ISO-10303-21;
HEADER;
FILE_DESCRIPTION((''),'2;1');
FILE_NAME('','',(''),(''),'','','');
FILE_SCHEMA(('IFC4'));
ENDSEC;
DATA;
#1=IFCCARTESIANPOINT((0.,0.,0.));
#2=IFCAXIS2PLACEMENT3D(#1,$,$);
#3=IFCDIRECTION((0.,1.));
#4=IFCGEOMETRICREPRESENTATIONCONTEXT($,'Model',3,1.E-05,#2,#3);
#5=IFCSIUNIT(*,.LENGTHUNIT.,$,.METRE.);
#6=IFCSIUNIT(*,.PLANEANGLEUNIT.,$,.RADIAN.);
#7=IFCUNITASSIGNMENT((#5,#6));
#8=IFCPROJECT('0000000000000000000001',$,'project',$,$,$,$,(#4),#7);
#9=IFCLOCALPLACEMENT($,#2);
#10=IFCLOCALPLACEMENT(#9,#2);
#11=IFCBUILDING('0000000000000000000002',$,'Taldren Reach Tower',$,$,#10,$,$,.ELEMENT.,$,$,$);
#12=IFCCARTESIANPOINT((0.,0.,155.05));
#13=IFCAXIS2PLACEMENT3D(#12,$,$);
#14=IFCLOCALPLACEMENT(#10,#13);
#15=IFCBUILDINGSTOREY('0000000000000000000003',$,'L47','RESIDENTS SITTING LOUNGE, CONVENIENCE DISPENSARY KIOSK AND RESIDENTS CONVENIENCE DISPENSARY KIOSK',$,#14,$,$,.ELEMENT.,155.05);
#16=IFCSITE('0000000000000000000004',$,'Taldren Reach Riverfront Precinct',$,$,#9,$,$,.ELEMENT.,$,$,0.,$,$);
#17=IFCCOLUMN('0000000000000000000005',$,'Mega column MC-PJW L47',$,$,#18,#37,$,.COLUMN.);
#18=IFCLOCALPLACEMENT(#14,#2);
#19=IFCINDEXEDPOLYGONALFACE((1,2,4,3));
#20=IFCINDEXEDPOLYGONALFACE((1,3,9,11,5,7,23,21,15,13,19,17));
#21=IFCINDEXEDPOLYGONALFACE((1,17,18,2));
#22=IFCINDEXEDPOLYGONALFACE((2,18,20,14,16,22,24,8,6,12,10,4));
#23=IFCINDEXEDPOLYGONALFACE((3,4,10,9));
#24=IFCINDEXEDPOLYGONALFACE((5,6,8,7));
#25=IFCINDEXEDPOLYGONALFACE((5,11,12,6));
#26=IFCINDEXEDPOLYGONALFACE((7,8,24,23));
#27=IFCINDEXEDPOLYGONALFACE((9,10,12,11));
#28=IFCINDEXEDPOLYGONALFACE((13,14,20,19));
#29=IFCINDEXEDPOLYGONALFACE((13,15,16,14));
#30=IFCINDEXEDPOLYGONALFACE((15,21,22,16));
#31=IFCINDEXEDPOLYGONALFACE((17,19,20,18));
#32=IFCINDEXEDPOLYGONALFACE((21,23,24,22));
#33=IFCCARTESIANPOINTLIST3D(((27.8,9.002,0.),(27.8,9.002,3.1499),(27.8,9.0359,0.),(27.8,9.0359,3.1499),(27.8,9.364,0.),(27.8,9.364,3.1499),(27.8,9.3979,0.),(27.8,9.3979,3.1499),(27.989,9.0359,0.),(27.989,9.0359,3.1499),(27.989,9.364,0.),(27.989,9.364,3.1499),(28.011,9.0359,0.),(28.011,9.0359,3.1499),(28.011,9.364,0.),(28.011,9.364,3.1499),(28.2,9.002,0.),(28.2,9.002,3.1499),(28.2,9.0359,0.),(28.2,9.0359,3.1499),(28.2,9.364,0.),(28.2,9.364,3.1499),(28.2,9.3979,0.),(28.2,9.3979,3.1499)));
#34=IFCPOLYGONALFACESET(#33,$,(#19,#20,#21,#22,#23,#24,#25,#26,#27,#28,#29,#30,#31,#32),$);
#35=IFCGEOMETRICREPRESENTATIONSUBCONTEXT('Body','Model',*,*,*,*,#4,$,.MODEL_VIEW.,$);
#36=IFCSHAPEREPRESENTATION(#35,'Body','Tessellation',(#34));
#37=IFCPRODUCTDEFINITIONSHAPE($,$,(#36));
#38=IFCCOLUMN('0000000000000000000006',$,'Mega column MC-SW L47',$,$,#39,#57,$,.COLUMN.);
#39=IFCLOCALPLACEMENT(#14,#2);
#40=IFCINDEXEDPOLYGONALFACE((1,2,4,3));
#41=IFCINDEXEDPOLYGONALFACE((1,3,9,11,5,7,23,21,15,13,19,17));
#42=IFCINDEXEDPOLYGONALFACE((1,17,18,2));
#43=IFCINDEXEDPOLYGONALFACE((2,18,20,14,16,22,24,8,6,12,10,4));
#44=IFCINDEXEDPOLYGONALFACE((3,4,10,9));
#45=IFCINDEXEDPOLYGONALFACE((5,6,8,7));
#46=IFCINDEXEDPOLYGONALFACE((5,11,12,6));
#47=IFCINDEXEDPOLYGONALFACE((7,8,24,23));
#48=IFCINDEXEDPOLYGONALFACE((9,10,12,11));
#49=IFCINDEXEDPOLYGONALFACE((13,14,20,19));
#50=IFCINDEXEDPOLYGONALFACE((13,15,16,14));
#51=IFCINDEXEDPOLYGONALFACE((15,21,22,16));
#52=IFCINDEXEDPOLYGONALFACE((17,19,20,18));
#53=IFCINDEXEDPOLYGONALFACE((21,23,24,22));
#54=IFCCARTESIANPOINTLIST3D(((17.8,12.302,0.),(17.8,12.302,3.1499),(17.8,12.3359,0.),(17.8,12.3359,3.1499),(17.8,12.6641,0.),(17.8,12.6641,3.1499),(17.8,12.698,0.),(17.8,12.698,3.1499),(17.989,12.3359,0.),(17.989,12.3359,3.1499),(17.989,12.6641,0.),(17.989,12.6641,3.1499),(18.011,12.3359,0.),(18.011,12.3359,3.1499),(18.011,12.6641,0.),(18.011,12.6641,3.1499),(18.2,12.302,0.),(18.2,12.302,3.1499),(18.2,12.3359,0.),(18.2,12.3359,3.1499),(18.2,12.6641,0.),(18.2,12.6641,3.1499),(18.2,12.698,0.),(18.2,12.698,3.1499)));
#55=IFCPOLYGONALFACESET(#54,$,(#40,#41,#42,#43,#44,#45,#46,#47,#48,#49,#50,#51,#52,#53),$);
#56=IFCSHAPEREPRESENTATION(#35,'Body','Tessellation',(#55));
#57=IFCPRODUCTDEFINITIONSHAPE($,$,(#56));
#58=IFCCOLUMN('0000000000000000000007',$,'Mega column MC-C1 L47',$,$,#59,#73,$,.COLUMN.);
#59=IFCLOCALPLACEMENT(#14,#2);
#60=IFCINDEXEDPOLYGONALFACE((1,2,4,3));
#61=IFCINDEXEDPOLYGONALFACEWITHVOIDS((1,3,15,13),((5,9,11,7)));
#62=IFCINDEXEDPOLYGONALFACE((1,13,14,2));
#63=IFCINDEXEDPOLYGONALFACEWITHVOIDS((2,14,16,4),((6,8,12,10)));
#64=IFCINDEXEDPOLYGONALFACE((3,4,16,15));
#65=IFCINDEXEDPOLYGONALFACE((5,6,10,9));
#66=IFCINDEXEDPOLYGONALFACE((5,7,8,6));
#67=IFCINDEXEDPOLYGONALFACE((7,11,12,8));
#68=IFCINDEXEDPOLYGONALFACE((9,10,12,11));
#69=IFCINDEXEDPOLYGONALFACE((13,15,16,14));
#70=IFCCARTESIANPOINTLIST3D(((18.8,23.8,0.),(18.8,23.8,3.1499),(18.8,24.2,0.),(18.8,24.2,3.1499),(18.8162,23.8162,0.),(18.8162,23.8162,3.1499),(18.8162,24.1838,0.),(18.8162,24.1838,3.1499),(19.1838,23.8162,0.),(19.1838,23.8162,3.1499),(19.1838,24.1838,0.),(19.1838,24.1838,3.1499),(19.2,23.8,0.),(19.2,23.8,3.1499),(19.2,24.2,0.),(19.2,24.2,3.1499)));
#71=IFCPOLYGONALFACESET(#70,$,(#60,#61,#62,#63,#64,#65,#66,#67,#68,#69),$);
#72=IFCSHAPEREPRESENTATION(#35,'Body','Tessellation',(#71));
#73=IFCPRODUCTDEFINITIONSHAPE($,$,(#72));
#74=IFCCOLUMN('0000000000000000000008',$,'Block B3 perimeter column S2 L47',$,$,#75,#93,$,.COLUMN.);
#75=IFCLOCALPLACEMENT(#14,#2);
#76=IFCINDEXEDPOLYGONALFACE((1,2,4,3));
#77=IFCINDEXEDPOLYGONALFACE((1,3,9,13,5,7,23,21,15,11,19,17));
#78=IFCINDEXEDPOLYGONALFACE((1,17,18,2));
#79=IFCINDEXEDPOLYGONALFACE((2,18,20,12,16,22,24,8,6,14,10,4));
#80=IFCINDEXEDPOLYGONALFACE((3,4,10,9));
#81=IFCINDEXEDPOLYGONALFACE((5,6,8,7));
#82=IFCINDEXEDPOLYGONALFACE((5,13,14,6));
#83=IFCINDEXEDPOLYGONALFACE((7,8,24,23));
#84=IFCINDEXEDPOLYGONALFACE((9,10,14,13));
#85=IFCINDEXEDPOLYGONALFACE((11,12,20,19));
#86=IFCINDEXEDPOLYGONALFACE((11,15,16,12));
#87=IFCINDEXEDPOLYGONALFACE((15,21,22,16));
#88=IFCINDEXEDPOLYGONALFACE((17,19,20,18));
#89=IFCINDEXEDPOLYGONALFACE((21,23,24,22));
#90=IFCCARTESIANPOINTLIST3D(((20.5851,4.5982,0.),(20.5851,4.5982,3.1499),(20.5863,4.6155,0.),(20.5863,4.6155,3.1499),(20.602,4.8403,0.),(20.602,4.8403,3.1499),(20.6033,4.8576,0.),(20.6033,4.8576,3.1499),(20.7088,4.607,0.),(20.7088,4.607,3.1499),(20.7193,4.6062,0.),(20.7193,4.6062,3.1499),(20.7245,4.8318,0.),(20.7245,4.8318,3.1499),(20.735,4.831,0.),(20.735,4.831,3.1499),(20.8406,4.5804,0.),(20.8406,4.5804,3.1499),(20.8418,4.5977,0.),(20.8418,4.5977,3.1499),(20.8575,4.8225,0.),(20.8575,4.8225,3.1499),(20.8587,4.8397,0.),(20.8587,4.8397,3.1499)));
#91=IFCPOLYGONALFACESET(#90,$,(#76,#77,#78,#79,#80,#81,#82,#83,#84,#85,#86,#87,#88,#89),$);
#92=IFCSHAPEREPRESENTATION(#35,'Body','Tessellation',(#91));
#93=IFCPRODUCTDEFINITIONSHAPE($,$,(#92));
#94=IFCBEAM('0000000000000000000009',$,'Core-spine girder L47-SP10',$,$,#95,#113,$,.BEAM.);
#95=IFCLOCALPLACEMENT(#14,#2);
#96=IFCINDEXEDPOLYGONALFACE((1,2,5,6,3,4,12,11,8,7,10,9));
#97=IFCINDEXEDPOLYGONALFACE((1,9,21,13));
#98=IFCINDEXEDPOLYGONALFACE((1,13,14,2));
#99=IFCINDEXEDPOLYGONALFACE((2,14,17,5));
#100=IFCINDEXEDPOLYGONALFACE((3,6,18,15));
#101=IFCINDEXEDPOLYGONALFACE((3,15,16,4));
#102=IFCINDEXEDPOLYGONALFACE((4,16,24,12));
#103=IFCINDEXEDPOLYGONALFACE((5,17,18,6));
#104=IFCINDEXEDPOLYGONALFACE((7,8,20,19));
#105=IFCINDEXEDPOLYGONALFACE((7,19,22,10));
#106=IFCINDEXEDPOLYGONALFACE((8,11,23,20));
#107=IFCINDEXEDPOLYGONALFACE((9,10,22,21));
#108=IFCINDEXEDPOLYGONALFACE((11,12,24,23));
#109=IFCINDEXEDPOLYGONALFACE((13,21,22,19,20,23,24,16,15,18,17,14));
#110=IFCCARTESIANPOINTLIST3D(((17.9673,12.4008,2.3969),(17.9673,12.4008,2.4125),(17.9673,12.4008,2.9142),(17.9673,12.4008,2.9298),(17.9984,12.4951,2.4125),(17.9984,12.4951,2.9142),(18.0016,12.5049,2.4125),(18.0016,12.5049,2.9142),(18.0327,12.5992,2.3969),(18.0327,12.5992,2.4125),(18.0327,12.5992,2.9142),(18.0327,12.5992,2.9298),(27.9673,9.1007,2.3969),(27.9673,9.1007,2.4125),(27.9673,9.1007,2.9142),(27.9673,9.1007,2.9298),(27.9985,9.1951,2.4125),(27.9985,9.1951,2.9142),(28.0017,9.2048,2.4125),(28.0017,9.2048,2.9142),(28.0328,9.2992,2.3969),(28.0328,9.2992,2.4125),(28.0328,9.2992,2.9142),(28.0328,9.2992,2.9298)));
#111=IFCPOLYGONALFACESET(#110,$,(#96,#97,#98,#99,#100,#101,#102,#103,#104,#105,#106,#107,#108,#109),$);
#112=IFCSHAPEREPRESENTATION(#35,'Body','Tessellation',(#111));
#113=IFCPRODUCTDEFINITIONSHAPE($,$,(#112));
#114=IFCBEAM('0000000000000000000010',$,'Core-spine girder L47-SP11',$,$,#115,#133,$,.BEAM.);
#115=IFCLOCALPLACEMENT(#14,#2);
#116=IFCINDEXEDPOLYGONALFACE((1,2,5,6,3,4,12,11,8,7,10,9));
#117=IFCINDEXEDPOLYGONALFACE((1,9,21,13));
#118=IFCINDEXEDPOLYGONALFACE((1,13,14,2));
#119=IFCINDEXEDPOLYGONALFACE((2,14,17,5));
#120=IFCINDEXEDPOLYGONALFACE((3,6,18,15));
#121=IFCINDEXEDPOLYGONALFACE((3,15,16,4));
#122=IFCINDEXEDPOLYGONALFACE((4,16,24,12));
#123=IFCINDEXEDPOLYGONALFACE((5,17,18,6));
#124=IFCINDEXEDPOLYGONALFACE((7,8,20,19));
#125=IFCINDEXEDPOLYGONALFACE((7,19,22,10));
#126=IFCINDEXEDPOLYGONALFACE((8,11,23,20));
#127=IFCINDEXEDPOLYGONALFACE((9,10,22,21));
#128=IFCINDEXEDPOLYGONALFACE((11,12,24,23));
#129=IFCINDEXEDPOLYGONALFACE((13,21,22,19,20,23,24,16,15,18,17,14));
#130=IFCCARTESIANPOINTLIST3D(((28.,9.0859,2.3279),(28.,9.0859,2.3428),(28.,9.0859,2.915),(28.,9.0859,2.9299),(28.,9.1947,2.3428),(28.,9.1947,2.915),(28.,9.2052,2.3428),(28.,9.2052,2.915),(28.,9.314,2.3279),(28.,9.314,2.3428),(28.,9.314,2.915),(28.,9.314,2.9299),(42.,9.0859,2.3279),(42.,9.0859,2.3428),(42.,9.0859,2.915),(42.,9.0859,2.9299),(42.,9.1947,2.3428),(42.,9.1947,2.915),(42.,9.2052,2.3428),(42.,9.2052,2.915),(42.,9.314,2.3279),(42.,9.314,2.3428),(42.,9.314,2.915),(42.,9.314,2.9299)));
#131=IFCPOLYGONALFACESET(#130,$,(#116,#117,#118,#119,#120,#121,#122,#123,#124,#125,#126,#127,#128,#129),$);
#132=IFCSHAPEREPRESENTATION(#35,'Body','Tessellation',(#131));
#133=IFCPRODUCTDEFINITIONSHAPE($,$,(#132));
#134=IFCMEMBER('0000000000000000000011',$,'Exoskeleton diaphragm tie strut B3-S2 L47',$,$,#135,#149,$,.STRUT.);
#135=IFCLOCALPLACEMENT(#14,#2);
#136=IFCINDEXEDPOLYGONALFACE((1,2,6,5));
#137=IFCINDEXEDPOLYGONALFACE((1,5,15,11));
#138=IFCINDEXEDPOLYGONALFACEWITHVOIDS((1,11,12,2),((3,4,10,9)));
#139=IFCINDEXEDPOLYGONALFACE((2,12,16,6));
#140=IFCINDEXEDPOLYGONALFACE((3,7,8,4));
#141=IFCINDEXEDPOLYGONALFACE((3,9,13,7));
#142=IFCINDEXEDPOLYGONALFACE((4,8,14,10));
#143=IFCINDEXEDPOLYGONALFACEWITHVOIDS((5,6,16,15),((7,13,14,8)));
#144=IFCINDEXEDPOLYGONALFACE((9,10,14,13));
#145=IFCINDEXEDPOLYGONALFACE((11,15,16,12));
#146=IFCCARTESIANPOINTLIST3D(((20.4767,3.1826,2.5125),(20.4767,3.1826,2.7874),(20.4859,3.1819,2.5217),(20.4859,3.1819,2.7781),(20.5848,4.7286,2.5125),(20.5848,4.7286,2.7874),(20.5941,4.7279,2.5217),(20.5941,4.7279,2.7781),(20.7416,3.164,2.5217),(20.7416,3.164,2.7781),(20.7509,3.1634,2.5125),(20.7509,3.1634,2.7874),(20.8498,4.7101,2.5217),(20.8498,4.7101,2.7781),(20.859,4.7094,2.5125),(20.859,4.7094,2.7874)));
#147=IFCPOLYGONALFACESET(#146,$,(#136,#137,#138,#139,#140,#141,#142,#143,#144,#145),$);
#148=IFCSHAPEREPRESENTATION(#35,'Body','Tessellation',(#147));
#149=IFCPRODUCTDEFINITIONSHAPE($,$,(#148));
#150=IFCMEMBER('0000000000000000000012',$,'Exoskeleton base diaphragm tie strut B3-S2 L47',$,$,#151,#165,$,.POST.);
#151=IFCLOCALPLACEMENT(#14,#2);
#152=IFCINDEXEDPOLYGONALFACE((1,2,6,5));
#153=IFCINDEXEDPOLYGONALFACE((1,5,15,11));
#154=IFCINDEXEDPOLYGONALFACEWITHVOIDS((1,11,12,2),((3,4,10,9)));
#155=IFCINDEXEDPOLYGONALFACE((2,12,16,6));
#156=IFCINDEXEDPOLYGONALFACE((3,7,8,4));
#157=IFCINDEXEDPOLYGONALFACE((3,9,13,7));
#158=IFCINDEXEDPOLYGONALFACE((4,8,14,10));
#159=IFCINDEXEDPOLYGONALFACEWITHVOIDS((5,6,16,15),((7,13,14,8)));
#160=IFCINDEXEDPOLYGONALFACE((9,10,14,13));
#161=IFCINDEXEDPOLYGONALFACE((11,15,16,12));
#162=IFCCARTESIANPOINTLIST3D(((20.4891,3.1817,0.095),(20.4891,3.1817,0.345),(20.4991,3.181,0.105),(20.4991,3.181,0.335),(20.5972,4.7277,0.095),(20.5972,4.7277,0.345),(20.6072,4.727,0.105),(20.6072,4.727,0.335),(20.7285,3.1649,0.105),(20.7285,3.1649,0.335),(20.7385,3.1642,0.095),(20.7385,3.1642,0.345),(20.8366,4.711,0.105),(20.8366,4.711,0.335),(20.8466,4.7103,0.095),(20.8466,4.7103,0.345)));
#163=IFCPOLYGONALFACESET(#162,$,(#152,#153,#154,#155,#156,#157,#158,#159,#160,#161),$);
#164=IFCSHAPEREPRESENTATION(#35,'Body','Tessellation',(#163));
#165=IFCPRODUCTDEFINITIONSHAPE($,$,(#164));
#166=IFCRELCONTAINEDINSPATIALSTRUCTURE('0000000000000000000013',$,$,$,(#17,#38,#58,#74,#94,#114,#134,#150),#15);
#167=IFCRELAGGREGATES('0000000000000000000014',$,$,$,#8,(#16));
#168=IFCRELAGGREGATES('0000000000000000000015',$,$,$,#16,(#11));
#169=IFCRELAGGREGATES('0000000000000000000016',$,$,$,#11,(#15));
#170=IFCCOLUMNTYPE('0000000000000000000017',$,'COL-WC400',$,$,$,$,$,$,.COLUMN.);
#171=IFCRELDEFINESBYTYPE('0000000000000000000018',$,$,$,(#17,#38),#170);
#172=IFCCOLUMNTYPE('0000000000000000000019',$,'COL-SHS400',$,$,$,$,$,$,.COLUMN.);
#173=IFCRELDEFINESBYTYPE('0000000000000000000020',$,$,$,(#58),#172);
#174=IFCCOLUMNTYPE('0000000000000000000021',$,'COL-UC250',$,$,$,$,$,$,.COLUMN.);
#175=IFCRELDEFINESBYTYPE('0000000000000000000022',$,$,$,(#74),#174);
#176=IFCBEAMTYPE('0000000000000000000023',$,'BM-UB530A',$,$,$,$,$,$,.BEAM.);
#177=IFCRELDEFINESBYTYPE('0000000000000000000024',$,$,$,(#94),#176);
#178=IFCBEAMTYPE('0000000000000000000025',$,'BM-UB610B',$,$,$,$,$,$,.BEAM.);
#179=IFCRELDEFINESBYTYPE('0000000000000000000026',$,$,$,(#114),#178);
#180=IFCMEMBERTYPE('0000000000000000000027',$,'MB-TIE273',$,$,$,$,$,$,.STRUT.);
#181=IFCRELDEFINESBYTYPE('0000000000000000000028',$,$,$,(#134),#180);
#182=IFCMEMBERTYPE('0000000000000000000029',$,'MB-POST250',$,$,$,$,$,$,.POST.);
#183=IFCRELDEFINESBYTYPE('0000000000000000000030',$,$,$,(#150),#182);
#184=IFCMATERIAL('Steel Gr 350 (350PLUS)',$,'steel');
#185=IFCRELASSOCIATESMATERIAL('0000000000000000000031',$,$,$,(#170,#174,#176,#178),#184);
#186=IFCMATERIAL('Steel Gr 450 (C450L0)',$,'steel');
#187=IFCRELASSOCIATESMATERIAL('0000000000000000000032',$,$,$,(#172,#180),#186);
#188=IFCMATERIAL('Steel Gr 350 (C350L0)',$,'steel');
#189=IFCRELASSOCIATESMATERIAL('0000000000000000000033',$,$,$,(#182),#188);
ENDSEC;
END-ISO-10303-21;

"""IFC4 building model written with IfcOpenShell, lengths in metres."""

from ifc_helpers import new_model, si_unit, direction, frame, origin, origin_2d, place, context, subcontext, project, spatial, hollow_rectangle, i_section, extrude, source, transform, mapped, material, material_profile, profile_set, type_object, element, save


model = new_model("IFC4")

# Units and contexts
model_context = context("Model", 3, precision=1e-05, world=origin(), true_north=direction((0.0, 1.0)))
body_context = subcontext(model_context, "Body", "Model", "MODEL_VIEW")
ifc_project = project(units=[si_unit("LENGTHUNIT", "METRE"), si_unit("PLANEANGLEUNIT", "RADIAN")], contexts=[model_context])

# Site, building, storey
site_placement = place(None, origin())
site = spatial("IfcSite", under=ifc_project, at=site_placement, Name="Taldren Reach Riverfront Precinct", CompositionType="ELEMENT", RefElevation=0.0)
building_placement = place(site_placement, origin())
building = spatial("IfcBuilding", under=site, at=building_placement, Name="Taldren Reach Tower", CompositionType="ELEMENT")
storey_placement = place(building_placement, frame((0.0, 0.0, 155.05)))
storey = spatial("IfcBuildingStorey", under=building, at=storey_placement, Name="L47", Description="RESIDENTS SITTING LOUNGE, CONVENIENCE DISPENSARY KIOSK AND RESIDENTS CONVENIENCE DISPENSARY KIOSK", CompositionType="ELEMENT", Elevation=155.05)

# Columns
ifc_material_1 = material(Name="Steel Gr 350 (350PLUS)", Category="steel")
ifc_material_profile_1 = material_profile(ifc_material_1, i_section(OverallWidth=0.3999, OverallDepth=0.396, WebThickness=0.022, FlangeThickness=0.0339, at=origin_2d()), Name="400WC270")
ifc_profile_set_1 = profile_set([ifc_material_profile_1], Name="Steel Gr 350 (350PLUS)")
column_type_1 = type_object("IfcColumnType", Name="COL-WC400", PredefinedType="COLUMN", material=ifc_profile_set_1)
shared_shape_1 = source(origin(), body_context, "Body", "SweptSolid", [
    extrude(i_section(OverallWidth=0.3999, OverallDepth=0.396, WebThickness=0.022, FlangeThickness=0.0339, at=origin_2d()), origin(), (0.0, 0.0, 1.0), 3.1499),
])
for number, where, z_axis, x_axis, name in (
    (1, (28.0, 9.2, 0.0), (0.0, 0.0, 1.0), (1.0, 0.0, 0.0), "Mega column MC-PJW L47"),
    (2, (18.0, 12.5, 0.0), (0.0, 0.0, 1.0), (1.0, 0.0, 0.0), "Mega column MC-SW L47"),
):
    element("IfcColumn", number, at=place(storey_placement, frame(where, z_axis=z_axis, x_axis=x_axis)), inside=storey, type_object=column_type_1, Name=name, PredefinedType="COLUMN", context=body_context, shape_type="MappedRepresentation", body=[
        mapped(shared_shape_1, transform((0.0, 0.0, 0.0), scale=1.0)),
    ])
ifc_material_2 = material(Name="Steel Gr 450 (C450L0)", Category="steel")
ifc_material_profile_2 = material_profile(ifc_material_2, hollow_rectangle(XDim=0.3999, YDim=0.3999, WallThickness=0.0161, at=origin_2d()), Name="400x400x16.0SHS")
ifc_profile_set_2 = profile_set([ifc_material_profile_2], Name="Steel Gr 450 (C450L0)")
column_type_2 = type_object("IfcColumnType", Name="COL-SHS400", PredefinedType="COLUMN", material=ifc_profile_set_2)
shared_shape_2 = source(origin(), body_context, "Body", "SweptSolid", [
    extrude(hollow_rectangle(XDim=0.3999, YDim=0.3999, WallThickness=0.0161, at=origin_2d()), origin(), (0.0, 0.0, 1.0), 3.1499),
])
column_1_placement = place(storey_placement, frame((19.0, 24.0, 0.0), z_axis=(0.0, 0.0, 1.0), x_axis=(1.0, 0.0, 0.0)))
element("IfcColumn", 3, at=column_1_placement, inside=storey, type_object=column_type_2, Name="Mega column MC-C1 L47", PredefinedType="COLUMN", context=body_context, shape_type="MappedRepresentation", body=[
    mapped(shared_shape_2, transform((0.0, 0.0, 0.0), scale=1.0)),
])
ifc_material_profile_3 = material_profile(ifc_material_1, i_section(OverallWidth=0.2561, OverallDepth=0.26, WebThickness=0.0105, FlangeThickness=0.0173, at=origin_2d()), Name="250UC89.5")
ifc_profile_set_3 = profile_set([ifc_material_profile_3], Name="Steel Gr 350 (350PLUS)")
column_type_3 = type_object("IfcColumnType", Name="COL-UC250", PredefinedType="COLUMN", material=ifc_profile_set_3)
shared_shape_3 = source(origin(), body_context, "Body", "SweptSolid", [
    extrude(i_section(OverallWidth=0.2561, OverallDepth=0.26, WebThickness=0.0105, FlangeThickness=0.0173, at=origin_2d()), origin(), (0.0, 0.0, 1.0), 3.1499),
])
column_2_placement = place(storey_placement, frame((20.7219, 4.719, 0.0), z_axis=(0.0, 0.0, 1.0), x_axis=(0.997564, -0.069756, 0.0)))
element("IfcColumn", 4, at=column_2_placement, inside=storey, type_object=column_type_3, Name="Block B3 perimeter column S2 L47", PredefinedType="COLUMN", context=body_context, shape_type="MappedRepresentation", body=[
    mapped(shared_shape_3, transform((0.0, 0.0, 0.0), scale=1.0)),
])

# Beams
ifc_material_profile_4 = material_profile(ifc_material_1, i_section(OverallWidth=0.209, OverallDepth=0.533, WebThickness=0.0103, FlangeThickness=0.0156, at=origin_2d()), Name="530UB92.4")
ifc_profile_set_4 = profile_set([ifc_material_profile_4], Name="Steel Gr 350 (350PLUS)")
beam_type_1 = type_object("IfcBeamType", Name="BM-UB530A", PredefinedType="BEAM", material=ifc_profile_set_4)
shared_shape_4 = source(origin(), body_context, "Body", "SweptSolid", [
    extrude(i_section(OverallWidth=0.209, OverallDepth=0.533, WebThickness=0.0103, FlangeThickness=0.0156, at=origin_2d()), origin(), (0.0, 0.0, 1.0), 10.5305),
])
beam_1_placement = place(storey_placement, frame((18.0, 12.5, 2.6633), z_axis=(0.949627, -0.313382, 0.0), x_axis=(0.313382, 0.949627, 0.0)))
element("IfcBeam", 5, at=beam_1_placement, inside=storey, type_object=beam_type_1, Name="Core-spine girder L47-SP10", PredefinedType="BEAM", context=body_context, shape_type="MappedRepresentation", body=[
    mapped(shared_shape_4, transform((0.0, 0.0, 0.0), scale=1.0)),
])
ifc_material_profile_5 = material_profile(ifc_material_1, i_section(OverallWidth=0.228, OverallDepth=0.6021, WebThickness=0.0105, FlangeThickness=0.0149, at=origin_2d()), Name="610UB101")
ifc_profile_set_5 = profile_set([ifc_material_profile_5], Name="Steel Gr 350 (350PLUS)")
beam_type_2 = type_object("IfcBeamType", Name="BM-UB610B", PredefinedType="BEAM", material=ifc_profile_set_5)
shared_shape_5 = source(origin(), body_context, "Body", "SweptSolid", [
    extrude(i_section(OverallWidth=0.228, OverallDepth=0.6021, WebThickness=0.0105, FlangeThickness=0.0149, at=origin_2d()), origin(), (0.0, 0.0, 1.0), 14.0),
])
beam_2_placement = place(storey_placement, frame((28.0, 9.2, 2.6289), z_axis=(1.0, 0.0, 0.0), x_axis=(0.0, 1.0, 0.0)))
element("IfcBeam", 6, at=beam_2_placement, inside=storey, type_object=beam_type_2, Name="Core-spine girder L47-SP11", PredefinedType="BEAM", context=body_context, shape_type="MappedRepresentation", body=[
    mapped(shared_shape_5, transform((0.0, 0.0, 0.0), scale=1.0)),
])

# Members
ifc_material_profile_6 = material_profile(ifc_material_2, hollow_rectangle(XDim=0.2749, YDim=0.2749, WallThickness=0.0093, at=origin_2d()), Name="275x275x9.3SHS")
ifc_profile_set_6 = profile_set([ifc_material_profile_6], Name="Steel Gr 450 (C450L0)")
member_type_1 = type_object("IfcMemberType", Name="MB-TIE273", PredefinedType="STRUT", material=ifc_profile_set_6)
shared_shape_6 = source(origin(), body_context, "Body", "SweptSolid", [
    extrude(hollow_rectangle(XDim=0.2749, YDim=0.2749, WallThickness=0.0093, at=origin_2d()), origin(), (0.0, 0.0, 1.0), 1.5498),
])
member_placement = place(storey_placement, frame((20.7219, 4.719, 2.6499), z_axis=(-0.069781, -0.997562, 0.0), x_axis=(0.997562, -0.069781, 0.0)))
element("IfcMember", 7, at=member_placement, inside=storey, type_object=member_type_1, Name="Exoskeleton diaphragm tie strut B3-S2 L47", PredefinedType="STRUT", context=body_context, shape_type="MappedRepresentation", body=[
    mapped(shared_shape_6, transform((0.0, 0.0, 0.0), scale=1.0)),
])
ifc_material_3 = material(Name="Steel Gr 350 (C350L0)", Category="steel")
ifc_material_profile_7 = material_profile(ifc_material_3, hollow_rectangle(XDim=0.25, YDim=0.25, WallThickness=0.01, at=origin_2d()), Name="250x250x10.0SHS")
ifc_profile_set_7 = profile_set([ifc_material_profile_7], Name="Steel Gr 350 (C350L0)")
member_type_2 = type_object("IfcMemberType", Name="MB-POST250", PredefinedType="POST", material=ifc_profile_set_7)
shared_shape_7 = source(origin(), body_context, "Body", "SweptSolid", [
    extrude(hollow_rectangle(XDim=0.25, YDim=0.25, WallThickness=0.01, at=origin_2d()), origin(), (0.0, 0.0, 1.0), 1.5498),
])
for number, where, z_axis, x_axis, name in (
    (8, (20.7219, 4.719, 0.22), (-0.069781, -0.997562, 0.0), (0.997562, -0.069781, 0.0), "Exoskeleton base diaphragm tie strut B3-S2 L47"),
):
    element("IfcMember", number, at=place(storey_placement, frame(where, z_axis=z_axis, x_axis=x_axis)), inside=storey, type_object=member_type_2, Name=name, PredefinedType="POST", context=body_context, shape_type="MappedRepresentation", body=[
        mapped(shared_shape_7, transform((0.0, 0.0, 0.0), scale=1.0)),
    ])

save(model, "model.ifc")
